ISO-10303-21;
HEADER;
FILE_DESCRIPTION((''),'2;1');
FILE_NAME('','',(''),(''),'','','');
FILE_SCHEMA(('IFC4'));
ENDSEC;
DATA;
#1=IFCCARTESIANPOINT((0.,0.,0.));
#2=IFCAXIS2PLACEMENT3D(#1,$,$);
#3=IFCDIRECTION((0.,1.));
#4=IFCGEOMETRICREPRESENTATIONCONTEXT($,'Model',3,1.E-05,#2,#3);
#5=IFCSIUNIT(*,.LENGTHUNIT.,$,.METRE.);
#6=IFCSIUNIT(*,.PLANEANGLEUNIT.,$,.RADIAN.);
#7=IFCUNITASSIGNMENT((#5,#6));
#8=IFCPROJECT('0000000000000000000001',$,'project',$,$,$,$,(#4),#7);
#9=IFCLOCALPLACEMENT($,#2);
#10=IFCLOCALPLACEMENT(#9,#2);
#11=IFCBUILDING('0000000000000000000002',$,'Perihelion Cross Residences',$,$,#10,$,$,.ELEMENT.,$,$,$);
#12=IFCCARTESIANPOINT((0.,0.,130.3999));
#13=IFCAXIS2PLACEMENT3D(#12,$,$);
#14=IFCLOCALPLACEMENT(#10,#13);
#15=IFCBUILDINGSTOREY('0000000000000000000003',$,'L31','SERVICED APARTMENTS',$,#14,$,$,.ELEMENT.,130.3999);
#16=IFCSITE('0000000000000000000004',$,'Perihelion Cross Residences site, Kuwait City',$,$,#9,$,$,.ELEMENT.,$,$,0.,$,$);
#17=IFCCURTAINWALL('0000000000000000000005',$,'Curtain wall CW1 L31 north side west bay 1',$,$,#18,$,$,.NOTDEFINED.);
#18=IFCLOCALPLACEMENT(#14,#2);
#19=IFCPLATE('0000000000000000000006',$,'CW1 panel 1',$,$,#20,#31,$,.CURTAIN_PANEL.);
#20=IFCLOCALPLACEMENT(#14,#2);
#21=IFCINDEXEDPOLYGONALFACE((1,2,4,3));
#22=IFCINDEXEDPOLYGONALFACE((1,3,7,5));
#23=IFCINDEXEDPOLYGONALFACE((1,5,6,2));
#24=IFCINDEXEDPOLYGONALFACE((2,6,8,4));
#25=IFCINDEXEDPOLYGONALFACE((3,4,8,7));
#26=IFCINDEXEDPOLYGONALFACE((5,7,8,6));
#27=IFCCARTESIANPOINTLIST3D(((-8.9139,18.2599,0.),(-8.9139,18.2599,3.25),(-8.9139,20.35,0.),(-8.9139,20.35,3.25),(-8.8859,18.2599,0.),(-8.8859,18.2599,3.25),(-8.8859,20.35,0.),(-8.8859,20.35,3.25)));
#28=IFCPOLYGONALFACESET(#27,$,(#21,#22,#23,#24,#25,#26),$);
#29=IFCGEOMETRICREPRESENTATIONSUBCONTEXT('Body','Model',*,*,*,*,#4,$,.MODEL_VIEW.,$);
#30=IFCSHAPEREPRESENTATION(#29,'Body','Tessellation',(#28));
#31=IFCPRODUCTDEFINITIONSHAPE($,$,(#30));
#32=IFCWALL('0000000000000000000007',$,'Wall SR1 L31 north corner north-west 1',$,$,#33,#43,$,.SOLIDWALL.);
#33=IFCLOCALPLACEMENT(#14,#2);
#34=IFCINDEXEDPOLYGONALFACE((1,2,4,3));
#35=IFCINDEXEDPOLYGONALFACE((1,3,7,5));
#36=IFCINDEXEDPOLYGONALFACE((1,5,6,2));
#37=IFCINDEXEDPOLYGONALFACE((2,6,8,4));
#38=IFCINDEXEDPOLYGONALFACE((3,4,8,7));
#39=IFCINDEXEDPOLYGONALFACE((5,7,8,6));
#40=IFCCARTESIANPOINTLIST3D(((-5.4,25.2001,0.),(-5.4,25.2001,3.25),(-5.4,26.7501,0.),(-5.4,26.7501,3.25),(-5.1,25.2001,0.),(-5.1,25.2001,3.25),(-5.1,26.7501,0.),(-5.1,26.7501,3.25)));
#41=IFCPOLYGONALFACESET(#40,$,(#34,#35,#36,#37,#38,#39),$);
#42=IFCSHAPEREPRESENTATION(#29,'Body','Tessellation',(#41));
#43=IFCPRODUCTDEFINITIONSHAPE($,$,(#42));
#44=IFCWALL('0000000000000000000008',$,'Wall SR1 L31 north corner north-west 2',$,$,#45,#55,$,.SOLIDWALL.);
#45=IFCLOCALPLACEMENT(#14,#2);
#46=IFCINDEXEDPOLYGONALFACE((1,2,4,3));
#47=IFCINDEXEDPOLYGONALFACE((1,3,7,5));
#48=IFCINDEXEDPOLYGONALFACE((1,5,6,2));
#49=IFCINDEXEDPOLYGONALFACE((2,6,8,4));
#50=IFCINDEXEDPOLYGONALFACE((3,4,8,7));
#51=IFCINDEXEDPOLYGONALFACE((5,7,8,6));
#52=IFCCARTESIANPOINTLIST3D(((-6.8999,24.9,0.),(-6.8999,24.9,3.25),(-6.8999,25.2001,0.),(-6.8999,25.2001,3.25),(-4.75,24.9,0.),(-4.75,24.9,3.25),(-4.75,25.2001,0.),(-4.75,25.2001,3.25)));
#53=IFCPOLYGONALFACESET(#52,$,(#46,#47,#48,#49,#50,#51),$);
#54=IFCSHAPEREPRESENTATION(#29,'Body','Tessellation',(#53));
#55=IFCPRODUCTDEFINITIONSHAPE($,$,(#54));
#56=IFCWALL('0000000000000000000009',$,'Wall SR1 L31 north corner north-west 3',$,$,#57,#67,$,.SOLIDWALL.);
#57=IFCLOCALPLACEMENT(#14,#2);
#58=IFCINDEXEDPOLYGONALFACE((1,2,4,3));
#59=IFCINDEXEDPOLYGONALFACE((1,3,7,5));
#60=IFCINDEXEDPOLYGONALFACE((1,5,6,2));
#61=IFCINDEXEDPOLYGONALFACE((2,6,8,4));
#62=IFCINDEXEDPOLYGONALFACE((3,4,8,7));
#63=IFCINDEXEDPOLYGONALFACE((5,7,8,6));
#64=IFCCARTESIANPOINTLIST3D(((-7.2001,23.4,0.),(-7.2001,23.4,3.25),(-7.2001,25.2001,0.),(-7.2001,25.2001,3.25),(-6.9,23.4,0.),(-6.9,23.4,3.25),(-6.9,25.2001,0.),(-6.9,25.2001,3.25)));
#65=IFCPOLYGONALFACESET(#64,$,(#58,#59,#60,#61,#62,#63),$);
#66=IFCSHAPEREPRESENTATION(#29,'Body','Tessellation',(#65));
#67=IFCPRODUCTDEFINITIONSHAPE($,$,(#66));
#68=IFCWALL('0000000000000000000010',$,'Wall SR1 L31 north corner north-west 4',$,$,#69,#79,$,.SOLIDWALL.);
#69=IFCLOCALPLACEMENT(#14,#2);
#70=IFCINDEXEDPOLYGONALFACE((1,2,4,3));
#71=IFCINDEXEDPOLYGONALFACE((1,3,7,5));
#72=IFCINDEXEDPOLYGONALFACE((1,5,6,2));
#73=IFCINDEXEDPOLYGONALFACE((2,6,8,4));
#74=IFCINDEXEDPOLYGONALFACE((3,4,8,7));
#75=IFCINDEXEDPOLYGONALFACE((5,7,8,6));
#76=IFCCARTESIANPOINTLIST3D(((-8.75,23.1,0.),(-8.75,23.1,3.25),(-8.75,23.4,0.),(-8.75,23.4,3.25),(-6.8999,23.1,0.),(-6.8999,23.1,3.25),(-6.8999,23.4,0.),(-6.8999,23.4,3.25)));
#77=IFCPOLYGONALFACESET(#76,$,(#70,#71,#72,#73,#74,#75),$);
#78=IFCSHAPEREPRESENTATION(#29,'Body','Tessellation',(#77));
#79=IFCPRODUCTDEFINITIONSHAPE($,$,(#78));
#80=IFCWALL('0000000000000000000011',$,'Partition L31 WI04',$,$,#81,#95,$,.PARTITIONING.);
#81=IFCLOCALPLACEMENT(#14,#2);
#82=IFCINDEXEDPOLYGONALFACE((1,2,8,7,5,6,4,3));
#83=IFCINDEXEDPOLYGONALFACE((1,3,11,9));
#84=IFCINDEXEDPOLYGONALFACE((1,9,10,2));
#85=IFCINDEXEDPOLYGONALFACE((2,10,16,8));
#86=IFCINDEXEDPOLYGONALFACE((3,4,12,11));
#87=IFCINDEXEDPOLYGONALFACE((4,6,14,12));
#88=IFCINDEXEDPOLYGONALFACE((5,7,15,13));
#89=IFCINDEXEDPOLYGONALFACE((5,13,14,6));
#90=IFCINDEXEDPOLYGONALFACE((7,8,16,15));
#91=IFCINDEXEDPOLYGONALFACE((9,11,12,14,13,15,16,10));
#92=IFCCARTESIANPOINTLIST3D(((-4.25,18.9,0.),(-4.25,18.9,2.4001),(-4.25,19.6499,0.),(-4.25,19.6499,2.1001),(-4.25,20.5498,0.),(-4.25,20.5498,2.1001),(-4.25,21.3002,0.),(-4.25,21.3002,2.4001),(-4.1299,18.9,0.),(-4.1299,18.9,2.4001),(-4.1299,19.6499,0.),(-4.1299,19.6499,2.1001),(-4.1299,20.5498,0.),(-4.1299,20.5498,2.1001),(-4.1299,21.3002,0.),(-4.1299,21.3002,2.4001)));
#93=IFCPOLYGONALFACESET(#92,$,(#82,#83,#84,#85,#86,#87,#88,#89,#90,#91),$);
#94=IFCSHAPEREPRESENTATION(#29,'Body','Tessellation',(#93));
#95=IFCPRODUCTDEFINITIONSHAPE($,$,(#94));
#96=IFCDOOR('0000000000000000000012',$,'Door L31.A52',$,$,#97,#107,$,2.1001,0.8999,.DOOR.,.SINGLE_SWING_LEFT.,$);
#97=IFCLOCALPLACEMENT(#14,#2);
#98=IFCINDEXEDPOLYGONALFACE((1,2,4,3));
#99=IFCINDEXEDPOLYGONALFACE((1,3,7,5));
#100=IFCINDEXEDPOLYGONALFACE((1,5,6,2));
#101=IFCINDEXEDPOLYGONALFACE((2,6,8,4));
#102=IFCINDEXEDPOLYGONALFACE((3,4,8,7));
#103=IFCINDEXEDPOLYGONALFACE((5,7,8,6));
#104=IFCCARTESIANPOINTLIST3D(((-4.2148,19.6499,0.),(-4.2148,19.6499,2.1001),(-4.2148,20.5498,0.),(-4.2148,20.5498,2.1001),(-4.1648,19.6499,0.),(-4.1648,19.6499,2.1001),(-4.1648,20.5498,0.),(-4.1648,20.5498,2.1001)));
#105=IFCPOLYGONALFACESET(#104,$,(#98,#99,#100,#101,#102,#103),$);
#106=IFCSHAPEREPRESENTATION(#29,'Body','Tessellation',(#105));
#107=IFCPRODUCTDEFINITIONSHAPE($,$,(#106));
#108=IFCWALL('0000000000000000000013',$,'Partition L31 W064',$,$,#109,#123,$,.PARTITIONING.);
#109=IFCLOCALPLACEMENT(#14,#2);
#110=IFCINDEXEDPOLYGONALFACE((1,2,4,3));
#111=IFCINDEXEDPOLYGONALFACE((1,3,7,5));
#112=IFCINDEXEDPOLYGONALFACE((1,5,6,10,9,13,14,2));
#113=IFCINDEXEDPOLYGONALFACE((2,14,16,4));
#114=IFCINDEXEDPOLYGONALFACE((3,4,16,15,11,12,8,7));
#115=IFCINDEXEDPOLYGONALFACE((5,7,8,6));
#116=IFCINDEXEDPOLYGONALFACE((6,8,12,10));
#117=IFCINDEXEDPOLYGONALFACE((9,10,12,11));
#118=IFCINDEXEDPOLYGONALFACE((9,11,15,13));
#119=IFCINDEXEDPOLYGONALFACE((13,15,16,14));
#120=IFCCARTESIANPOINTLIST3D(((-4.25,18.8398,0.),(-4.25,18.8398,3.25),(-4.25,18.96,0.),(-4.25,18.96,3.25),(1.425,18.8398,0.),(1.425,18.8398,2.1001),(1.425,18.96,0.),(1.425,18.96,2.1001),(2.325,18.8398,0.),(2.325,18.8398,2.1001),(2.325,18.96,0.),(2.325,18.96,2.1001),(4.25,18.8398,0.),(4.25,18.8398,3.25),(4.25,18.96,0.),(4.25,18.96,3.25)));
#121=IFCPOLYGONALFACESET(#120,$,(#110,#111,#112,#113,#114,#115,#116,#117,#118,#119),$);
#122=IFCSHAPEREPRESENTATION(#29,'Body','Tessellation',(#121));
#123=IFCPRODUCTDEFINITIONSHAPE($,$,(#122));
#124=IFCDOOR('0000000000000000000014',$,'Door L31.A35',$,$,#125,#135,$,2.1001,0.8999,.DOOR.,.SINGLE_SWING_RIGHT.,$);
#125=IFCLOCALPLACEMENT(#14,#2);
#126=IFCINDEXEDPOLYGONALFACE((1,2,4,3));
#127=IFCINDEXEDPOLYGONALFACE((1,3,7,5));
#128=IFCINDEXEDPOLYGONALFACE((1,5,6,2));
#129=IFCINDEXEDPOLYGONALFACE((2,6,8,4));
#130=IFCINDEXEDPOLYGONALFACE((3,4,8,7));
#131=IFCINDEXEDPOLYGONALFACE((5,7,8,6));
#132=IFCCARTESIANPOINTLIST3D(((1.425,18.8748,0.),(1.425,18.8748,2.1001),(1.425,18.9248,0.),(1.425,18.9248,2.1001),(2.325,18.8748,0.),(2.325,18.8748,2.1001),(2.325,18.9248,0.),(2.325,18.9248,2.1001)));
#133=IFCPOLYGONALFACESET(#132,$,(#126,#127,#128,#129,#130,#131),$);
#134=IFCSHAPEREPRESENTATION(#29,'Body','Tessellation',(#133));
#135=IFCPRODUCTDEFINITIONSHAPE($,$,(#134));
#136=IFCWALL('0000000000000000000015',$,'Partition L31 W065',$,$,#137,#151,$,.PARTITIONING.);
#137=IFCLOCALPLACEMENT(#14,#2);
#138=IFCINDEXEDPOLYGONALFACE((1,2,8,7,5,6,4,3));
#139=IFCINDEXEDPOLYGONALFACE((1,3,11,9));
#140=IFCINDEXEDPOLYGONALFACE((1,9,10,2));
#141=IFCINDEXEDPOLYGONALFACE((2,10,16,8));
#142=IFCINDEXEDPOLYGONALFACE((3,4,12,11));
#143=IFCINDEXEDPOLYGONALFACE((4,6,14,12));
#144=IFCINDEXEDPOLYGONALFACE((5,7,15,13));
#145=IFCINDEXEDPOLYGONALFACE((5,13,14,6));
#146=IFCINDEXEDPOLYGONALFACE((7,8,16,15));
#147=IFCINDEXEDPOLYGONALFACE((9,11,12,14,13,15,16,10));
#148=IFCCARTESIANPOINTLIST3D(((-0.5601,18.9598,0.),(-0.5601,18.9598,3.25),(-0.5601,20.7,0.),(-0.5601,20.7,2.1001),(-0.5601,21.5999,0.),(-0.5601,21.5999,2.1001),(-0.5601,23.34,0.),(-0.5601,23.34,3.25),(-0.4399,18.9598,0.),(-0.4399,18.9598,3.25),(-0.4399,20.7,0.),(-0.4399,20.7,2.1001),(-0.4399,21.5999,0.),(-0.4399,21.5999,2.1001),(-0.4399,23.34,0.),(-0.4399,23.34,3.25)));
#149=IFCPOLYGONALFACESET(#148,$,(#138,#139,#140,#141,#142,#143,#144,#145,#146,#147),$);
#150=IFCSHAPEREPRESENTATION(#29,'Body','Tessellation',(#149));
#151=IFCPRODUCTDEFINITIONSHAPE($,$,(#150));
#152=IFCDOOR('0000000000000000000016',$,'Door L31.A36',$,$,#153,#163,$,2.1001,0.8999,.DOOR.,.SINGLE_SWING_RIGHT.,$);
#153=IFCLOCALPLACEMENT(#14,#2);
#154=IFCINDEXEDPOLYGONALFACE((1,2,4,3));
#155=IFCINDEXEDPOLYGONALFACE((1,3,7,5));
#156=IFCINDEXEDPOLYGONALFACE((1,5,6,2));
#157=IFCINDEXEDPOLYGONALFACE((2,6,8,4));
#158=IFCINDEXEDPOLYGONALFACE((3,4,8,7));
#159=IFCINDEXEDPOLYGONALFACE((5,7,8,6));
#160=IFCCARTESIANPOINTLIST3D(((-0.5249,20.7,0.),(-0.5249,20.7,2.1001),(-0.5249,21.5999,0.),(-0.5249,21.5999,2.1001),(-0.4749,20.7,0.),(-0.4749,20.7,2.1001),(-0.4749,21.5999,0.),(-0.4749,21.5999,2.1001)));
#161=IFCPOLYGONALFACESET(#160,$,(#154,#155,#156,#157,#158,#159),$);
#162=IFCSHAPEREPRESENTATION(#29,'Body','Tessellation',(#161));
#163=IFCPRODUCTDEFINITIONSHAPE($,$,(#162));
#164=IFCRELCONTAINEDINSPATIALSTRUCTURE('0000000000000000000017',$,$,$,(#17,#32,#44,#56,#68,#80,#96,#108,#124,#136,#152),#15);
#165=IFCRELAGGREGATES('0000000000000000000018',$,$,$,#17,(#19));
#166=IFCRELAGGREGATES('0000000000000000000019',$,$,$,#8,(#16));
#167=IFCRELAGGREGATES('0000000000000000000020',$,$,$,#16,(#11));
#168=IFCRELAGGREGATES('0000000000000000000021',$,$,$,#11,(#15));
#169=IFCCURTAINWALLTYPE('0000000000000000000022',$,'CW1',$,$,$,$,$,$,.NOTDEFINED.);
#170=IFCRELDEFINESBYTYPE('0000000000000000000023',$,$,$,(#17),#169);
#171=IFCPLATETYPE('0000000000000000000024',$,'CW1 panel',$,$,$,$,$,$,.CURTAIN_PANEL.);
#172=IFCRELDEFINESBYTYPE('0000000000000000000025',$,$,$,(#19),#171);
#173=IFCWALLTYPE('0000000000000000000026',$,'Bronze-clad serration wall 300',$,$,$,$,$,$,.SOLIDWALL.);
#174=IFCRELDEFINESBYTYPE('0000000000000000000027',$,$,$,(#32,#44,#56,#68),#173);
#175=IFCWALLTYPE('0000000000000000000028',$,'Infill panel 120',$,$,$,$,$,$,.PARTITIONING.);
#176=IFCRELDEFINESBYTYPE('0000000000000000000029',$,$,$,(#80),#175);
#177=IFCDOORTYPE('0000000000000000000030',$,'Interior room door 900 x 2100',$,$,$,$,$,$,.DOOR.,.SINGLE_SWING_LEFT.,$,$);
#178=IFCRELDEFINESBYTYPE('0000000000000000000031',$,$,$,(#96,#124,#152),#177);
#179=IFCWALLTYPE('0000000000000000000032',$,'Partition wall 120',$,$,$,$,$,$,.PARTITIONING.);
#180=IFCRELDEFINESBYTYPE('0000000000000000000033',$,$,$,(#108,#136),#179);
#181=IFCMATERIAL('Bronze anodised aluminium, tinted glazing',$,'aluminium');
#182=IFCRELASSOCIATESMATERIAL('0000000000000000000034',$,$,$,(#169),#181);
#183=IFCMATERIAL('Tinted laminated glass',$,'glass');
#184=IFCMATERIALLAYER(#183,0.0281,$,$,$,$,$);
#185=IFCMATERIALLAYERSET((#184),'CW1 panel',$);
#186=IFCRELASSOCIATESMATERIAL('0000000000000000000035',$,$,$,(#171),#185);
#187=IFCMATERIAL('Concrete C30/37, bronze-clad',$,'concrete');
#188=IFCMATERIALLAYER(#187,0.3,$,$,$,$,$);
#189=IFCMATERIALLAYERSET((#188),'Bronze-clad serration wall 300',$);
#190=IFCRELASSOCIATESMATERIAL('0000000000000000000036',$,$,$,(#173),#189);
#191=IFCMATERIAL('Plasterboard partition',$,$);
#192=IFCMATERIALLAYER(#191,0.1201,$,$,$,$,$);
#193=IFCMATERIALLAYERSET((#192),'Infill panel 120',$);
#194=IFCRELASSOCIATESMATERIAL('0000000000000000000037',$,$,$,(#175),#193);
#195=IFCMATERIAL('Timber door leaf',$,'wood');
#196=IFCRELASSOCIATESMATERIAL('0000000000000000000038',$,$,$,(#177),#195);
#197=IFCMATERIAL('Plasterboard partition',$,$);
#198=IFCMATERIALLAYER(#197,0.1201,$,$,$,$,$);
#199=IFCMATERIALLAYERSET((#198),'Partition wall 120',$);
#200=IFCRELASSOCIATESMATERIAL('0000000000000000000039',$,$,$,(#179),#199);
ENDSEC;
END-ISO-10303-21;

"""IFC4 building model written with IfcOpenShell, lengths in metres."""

from ifc_helpers import new_model, si_unit, direction, frame, frame_2d, origin, origin_2d, place, context, subcontext, project, spatial, rectangle, extrude, material, layer, layer_set, type_object, element, fill, aggregate, save


model = new_model("IFC4")

# Units and contexts
model_context = context("Model", 3, precision=1e-05, world=origin(), true_north=direction((0.0, 1.0)))
body_context = subcontext(model_context, "Body", "Model", "MODEL_VIEW")
ifc_project = project(units=[si_unit("LENGTHUNIT", "METRE"), si_unit("PLANEANGLEUNIT", "RADIAN")], contexts=[model_context])

# Site, building, storey
site_placement = place(None, origin())
site = spatial("IfcSite", under=ifc_project, at=site_placement, Name="Perihelion Cross Residences site, Kuwait City", CompositionType="ELEMENT", RefElevation=0.0)
building_placement = place(site_placement, origin())
building = spatial("IfcBuilding", under=site, at=building_placement, Name="Perihelion Cross Residences", CompositionType="ELEMENT")
storey_placement = place(building_placement, frame((0.0, 0.0, 130.3999)))
storey = spatial("IfcBuildingStorey", under=building, at=storey_placement, Name="L31", Description="SERVICED APARTMENTS", CompositionType="ELEMENT", Elevation=130.3999)

# Curtain wall
ifc_material_1 = material(Name="Bronze anodised aluminium, tinted glazing", Category="aluminium")
curtain_wall_type = type_object("IfcCurtainWallType", Name="CW1", PredefinedType="NOTDEFINED", material=ifc_material_1)
curtain_wall_1_placement = place(storey_placement, origin())
curtain_wall_1 = element("IfcCurtainWall", 1, at=curtain_wall_1_placement, inside=storey, type_object=curtain_wall_type, Name="Curtain wall CW1 L31 north side west bay 1", PredefinedType="NOTDEFINED")

# Plate
ifc_material_2 = material(Name="Tinted laminated glass", Category="glass")
ifc_layer_1 = layer(ifc_material_2, 0.0281)
ifc_layer_set_1 = layer_set([ifc_layer_1], Name="CW1 panel")
plate_type = type_object("IfcPlateType", Name="CW1 panel", PredefinedType="CURTAIN_PANEL", material=ifc_layer_set_1)
plate_1_placement = place(storey_placement, frame((-8.8999, 19.3049, 0.0), z_axis=(0.0, 0.0, 1.0), x_axis=(0.0, -1.0, 0.0)))
plate_1 = element("IfcPlate", 2, at=plate_1_placement, type_object=plate_type, Name="CW1 panel 1", PredefinedType="CURTAIN_PANEL", context=body_context, shape_type="SweptSolid", body=[
    extrude(rectangle(XDim=2.0901, YDim=0.0281, at=origin_2d()), origin(), (0.0, 0.0, 1.0), 3.25),
])
aggregate(curtain_wall_1, [plate_1])

# Walls
ifc_material_3 = material(Name="Concrete C30/37, bronze-clad", Category="concrete")
ifc_layer_2 = layer(ifc_material_3, 0.3)
ifc_layer_set_2 = layer_set([ifc_layer_2], Name="Bronze-clad serration wall 300")
wall_type_1 = type_object("IfcWallType", Name="Bronze-clad serration wall 300", PredefinedType="SOLIDWALL", material=ifc_layer_set_2)
wall_1_placement = place(storey_placement, frame((-5.25, 26.75, 0.0), z_axis=(0.0, 0.0, 1.0), x_axis=(0.0, -1.0, 0.0)))
element("IfcWall", 3, at=wall_1_placement, inside=storey, type_object=wall_type_1, Name="Wall SR1 L31 north corner north-west 1", PredefinedType="SOLIDWALL", context=body_context, shape_type="SweptSolid", body=[
    extrude(rectangle(XDim=1.55, YDim=0.3, at=frame_2d((0.7749, 0.0))), origin(), (0.0, 0.0, 1.0), 3.25),
])
wall_2_placement = place(storey_placement, frame((-4.75, 25.05, 0.0), z_axis=(0.0, 0.0, 1.0), x_axis=(-1.0, 0.0, 0.0)))
element("IfcWall", 4, at=wall_2_placement, inside=storey, type_object=wall_type_1, Name="Wall SR1 L31 north corner north-west 2", PredefinedType="SOLIDWALL", context=body_context, shape_type="SweptSolid", body=[
    extrude(rectangle(XDim=2.1499, YDim=0.3, at=frame_2d((1.075, 0.0))), origin(), (0.0, 0.0, 1.0), 3.25),
])
wall_3_placement = place(storey_placement, frame((-7.05, 25.2, 0.0), z_axis=(0.0, 0.0, 1.0), x_axis=(0.0, -1.0, 0.0)))
element("IfcWall", 5, at=wall_3_placement, inside=storey, type_object=wall_type_1, Name="Wall SR1 L31 north corner north-west 3", PredefinedType="SOLIDWALL", context=body_context, shape_type="SweptSolid", body=[
    extrude(rectangle(XDim=1.8, YDim=0.3, at=frame_2d((0.8999, 0.0))), origin(), (0.0, 0.0, 1.0), 3.25),
])
wall_4_placement = place(storey_placement, frame((-6.8999, 23.25, 0.0), z_axis=(0.0, 0.0, 1.0), x_axis=(-1.0, 0.0, 0.0)))
element("IfcWall", 6, at=wall_4_placement, inside=storey, type_object=wall_type_1, Name="Wall SR1 L31 north corner north-west 4", PredefinedType="SOLIDWALL", context=body_context, shape_type="SweptSolid", body=[
    extrude(rectangle(XDim=1.8501, YDim=0.3, at=frame_2d((0.925, 0.0))), origin(), (0.0, 0.0, 1.0), 3.25),
])

# Walls, openings, doors
ifc_material_4 = material(Name="Plasterboard partition")
ifc_layer_3 = layer(ifc_material_4, 0.1201)
ifc_layer_set_3 = layer_set([ifc_layer_3], Name="Infill panel 120")
wall_type_2 = type_object("IfcWallType", Name="Infill panel 120", PredefinedType="PARTITIONING", material=ifc_layer_set_3)
wall_5_placement = place(storey_placement, frame((-4.1899, 18.8999, 0.0), z_axis=(0.0, 0.0, 1.0), x_axis=(0.0, 1.0, 0.0)))
wall_5 = element("IfcWall", 7, at=wall_5_placement, inside=storey, type_object=wall_type_2, Name="Partition L31 WI04", PredefinedType="PARTITIONING", context=body_context, shape_type="SweptSolid", body=[
    extrude(rectangle(XDim=2.4001, YDim=0.1201, at=frame_2d((1.2002, 0.0))), origin(), (0.0, 0.0, 1.0), 2.4001),
])
opening_1_placement = place(wall_5_placement, frame((0.75, 0.0, 0.0)))
opening_1 = element("IfcOpeningElement", 8, at=opening_1_placement, cuts=wall_5, PredefinedType="OPENING", context=body_context, shape_type="SweptSolid", body=[
    extrude(rectangle(XDim=0.8999, YDim=2.1001, at=frame_2d((0.45, 1.05))), frame((0.0, 0.0701, 0.0), z_axis=(0.0, -1.0, 0.0), x_axis=(1.0, 0.0, 0.0)), (0.0, 0.0, 1.0), 0.1401),
])
ifc_material_5 = material(Name="Timber door leaf", Category="wood")
door_type_1 = type_object("IfcDoorType", Name="Interior room door 900 x 2100", OperationType="SINGLE_SWING_LEFT", PredefinedType="DOOR", material=ifc_material_5)
door_1_placement = place(opening_1_placement, origin())
door_1 = element("IfcDoor", 9, at=door_1_placement, inside=storey, type_object=door_type_1, Name="Door L31.A52", OperationType="SINGLE_SWING_LEFT", OverallHeight=2.1001, OverallWidth=0.8999, PredefinedType="DOOR", context=body_context, shape_type="SweptSolid", body=[
    extrude(rectangle(XDim=0.8999, YDim=2.1001, at=frame_2d((0.45, 1.05))), frame((0.0, 0.0249, 0.0), z_axis=(0.0, -1.0, 0.0), x_axis=(1.0, 0.0, 0.0)), (0.0, 0.0, 1.0), 0.05),
])
fill(opening_1, door_1)
ifc_material_6 = material(Name="Plasterboard partition")
ifc_layer_4 = layer(ifc_material_6, 0.1201)
ifc_layer_set_4 = layer_set([ifc_layer_4], Name="Partition wall 120")
wall_type_3 = type_object("IfcWallType", Name="Partition wall 120", PredefinedType="PARTITIONING", material=ifc_layer_set_4)
wall_6_placement = place(storey_placement, frame((-4.25, 18.8999, 0.0), z_axis=(0.0, 0.0, 1.0), x_axis=(1.0, 0.0, 0.0)))
wall_6 = element("IfcWall", 10, at=wall_6_placement, inside=storey, type_object=wall_type_3, Name="Partition L31 W064", PredefinedType="PARTITIONING", context=body_context, shape_type="SweptSolid", body=[
    extrude(rectangle(XDim=8.5, YDim=0.1201, at=frame_2d((4.25, 0.0))), origin(), (0.0, 0.0, 1.0), 3.25),
])
opening_2_placement = place(wall_6_placement, frame((5.675, 0.0, 0.0)))
opening_2 = element("IfcOpeningElement", 11, at=opening_2_placement, cuts=wall_6, PredefinedType="OPENING", context=body_context, shape_type="SweptSolid", body=[
    extrude(rectangle(XDim=0.8999, YDim=2.1001, at=frame_2d((0.45, 1.05))), frame((0.0, 0.0701, 0.0), z_axis=(0.0, -1.0, 0.0), x_axis=(1.0, 0.0, 0.0)), (0.0, 0.0, 1.0), 0.1401),
])
door_2_placement = place(opening_2_placement, origin())
door_2 = element("IfcDoor", 12, at=door_2_placement, inside=storey, type_object=door_type_1, Name="Door L31.A35", OperationType="SINGLE_SWING_RIGHT", OverallHeight=2.1001, OverallWidth=0.8999, PredefinedType="DOOR", context=body_context, shape_type="SweptSolid", body=[
    extrude(rectangle(XDim=0.8999, YDim=2.1001, at=frame_2d((0.45, 1.05))), frame((0.0, 0.0249, 0.0), z_axis=(0.0, -1.0, 0.0), x_axis=(1.0, 0.0, 0.0)), (0.0, 0.0, 1.0), 0.05),
])
fill(opening_2, door_2)
wall_7_placement = place(storey_placement, frame((-0.5, 18.96, 0.0), z_axis=(0.0, 0.0, 1.0), x_axis=(0.0, 1.0, 0.0)))
wall_7 = element("IfcWall", 13, at=wall_7_placement, inside=storey, type_object=wall_type_3, Name="Partition L31 W065", PredefinedType="PARTITIONING", context=body_context, shape_type="SweptSolid", body=[
    extrude(rectangle(XDim=4.3801, YDim=0.1201, at=frame_2d((2.1899, 0.0))), origin(), (0.0, 0.0, 1.0), 3.25),
])
opening_3_placement = place(wall_7_placement, frame((1.74, 0.0, 0.0)))
opening_3 = element("IfcOpeningElement", 14, at=opening_3_placement, cuts=wall_7, PredefinedType="OPENING", context=body_context, shape_type="SweptSolid", body=[
    extrude(rectangle(XDim=0.8999, YDim=2.1001, at=frame_2d((0.45, 1.05))), frame((0.0, 0.0701, 0.0), z_axis=(0.0, -1.0, 0.0), x_axis=(1.0, 0.0, 0.0)), (0.0, 0.0, 1.0), 0.1401),
])
door_3_placement = place(opening_3_placement, origin())
door_3 = element("IfcDoor", 15, at=door_3_placement, inside=storey, type_object=door_type_1, Name="Door L31.A36", OperationType="SINGLE_SWING_RIGHT", OverallHeight=2.1001, OverallWidth=0.8999, PredefinedType="DOOR", context=body_context, shape_type="SweptSolid", body=[
    extrude(rectangle(XDim=0.8999, YDim=2.1001, at=frame_2d((0.45, 1.05))), frame((0.0, 0.0249, 0.0), z_axis=(0.0, -1.0, 0.0), x_axis=(1.0, 0.0, 0.0)), (0.0, 0.0, 1.0), 0.05),
])
fill(opening_3, door_3)

save(model, "model.ifc")
